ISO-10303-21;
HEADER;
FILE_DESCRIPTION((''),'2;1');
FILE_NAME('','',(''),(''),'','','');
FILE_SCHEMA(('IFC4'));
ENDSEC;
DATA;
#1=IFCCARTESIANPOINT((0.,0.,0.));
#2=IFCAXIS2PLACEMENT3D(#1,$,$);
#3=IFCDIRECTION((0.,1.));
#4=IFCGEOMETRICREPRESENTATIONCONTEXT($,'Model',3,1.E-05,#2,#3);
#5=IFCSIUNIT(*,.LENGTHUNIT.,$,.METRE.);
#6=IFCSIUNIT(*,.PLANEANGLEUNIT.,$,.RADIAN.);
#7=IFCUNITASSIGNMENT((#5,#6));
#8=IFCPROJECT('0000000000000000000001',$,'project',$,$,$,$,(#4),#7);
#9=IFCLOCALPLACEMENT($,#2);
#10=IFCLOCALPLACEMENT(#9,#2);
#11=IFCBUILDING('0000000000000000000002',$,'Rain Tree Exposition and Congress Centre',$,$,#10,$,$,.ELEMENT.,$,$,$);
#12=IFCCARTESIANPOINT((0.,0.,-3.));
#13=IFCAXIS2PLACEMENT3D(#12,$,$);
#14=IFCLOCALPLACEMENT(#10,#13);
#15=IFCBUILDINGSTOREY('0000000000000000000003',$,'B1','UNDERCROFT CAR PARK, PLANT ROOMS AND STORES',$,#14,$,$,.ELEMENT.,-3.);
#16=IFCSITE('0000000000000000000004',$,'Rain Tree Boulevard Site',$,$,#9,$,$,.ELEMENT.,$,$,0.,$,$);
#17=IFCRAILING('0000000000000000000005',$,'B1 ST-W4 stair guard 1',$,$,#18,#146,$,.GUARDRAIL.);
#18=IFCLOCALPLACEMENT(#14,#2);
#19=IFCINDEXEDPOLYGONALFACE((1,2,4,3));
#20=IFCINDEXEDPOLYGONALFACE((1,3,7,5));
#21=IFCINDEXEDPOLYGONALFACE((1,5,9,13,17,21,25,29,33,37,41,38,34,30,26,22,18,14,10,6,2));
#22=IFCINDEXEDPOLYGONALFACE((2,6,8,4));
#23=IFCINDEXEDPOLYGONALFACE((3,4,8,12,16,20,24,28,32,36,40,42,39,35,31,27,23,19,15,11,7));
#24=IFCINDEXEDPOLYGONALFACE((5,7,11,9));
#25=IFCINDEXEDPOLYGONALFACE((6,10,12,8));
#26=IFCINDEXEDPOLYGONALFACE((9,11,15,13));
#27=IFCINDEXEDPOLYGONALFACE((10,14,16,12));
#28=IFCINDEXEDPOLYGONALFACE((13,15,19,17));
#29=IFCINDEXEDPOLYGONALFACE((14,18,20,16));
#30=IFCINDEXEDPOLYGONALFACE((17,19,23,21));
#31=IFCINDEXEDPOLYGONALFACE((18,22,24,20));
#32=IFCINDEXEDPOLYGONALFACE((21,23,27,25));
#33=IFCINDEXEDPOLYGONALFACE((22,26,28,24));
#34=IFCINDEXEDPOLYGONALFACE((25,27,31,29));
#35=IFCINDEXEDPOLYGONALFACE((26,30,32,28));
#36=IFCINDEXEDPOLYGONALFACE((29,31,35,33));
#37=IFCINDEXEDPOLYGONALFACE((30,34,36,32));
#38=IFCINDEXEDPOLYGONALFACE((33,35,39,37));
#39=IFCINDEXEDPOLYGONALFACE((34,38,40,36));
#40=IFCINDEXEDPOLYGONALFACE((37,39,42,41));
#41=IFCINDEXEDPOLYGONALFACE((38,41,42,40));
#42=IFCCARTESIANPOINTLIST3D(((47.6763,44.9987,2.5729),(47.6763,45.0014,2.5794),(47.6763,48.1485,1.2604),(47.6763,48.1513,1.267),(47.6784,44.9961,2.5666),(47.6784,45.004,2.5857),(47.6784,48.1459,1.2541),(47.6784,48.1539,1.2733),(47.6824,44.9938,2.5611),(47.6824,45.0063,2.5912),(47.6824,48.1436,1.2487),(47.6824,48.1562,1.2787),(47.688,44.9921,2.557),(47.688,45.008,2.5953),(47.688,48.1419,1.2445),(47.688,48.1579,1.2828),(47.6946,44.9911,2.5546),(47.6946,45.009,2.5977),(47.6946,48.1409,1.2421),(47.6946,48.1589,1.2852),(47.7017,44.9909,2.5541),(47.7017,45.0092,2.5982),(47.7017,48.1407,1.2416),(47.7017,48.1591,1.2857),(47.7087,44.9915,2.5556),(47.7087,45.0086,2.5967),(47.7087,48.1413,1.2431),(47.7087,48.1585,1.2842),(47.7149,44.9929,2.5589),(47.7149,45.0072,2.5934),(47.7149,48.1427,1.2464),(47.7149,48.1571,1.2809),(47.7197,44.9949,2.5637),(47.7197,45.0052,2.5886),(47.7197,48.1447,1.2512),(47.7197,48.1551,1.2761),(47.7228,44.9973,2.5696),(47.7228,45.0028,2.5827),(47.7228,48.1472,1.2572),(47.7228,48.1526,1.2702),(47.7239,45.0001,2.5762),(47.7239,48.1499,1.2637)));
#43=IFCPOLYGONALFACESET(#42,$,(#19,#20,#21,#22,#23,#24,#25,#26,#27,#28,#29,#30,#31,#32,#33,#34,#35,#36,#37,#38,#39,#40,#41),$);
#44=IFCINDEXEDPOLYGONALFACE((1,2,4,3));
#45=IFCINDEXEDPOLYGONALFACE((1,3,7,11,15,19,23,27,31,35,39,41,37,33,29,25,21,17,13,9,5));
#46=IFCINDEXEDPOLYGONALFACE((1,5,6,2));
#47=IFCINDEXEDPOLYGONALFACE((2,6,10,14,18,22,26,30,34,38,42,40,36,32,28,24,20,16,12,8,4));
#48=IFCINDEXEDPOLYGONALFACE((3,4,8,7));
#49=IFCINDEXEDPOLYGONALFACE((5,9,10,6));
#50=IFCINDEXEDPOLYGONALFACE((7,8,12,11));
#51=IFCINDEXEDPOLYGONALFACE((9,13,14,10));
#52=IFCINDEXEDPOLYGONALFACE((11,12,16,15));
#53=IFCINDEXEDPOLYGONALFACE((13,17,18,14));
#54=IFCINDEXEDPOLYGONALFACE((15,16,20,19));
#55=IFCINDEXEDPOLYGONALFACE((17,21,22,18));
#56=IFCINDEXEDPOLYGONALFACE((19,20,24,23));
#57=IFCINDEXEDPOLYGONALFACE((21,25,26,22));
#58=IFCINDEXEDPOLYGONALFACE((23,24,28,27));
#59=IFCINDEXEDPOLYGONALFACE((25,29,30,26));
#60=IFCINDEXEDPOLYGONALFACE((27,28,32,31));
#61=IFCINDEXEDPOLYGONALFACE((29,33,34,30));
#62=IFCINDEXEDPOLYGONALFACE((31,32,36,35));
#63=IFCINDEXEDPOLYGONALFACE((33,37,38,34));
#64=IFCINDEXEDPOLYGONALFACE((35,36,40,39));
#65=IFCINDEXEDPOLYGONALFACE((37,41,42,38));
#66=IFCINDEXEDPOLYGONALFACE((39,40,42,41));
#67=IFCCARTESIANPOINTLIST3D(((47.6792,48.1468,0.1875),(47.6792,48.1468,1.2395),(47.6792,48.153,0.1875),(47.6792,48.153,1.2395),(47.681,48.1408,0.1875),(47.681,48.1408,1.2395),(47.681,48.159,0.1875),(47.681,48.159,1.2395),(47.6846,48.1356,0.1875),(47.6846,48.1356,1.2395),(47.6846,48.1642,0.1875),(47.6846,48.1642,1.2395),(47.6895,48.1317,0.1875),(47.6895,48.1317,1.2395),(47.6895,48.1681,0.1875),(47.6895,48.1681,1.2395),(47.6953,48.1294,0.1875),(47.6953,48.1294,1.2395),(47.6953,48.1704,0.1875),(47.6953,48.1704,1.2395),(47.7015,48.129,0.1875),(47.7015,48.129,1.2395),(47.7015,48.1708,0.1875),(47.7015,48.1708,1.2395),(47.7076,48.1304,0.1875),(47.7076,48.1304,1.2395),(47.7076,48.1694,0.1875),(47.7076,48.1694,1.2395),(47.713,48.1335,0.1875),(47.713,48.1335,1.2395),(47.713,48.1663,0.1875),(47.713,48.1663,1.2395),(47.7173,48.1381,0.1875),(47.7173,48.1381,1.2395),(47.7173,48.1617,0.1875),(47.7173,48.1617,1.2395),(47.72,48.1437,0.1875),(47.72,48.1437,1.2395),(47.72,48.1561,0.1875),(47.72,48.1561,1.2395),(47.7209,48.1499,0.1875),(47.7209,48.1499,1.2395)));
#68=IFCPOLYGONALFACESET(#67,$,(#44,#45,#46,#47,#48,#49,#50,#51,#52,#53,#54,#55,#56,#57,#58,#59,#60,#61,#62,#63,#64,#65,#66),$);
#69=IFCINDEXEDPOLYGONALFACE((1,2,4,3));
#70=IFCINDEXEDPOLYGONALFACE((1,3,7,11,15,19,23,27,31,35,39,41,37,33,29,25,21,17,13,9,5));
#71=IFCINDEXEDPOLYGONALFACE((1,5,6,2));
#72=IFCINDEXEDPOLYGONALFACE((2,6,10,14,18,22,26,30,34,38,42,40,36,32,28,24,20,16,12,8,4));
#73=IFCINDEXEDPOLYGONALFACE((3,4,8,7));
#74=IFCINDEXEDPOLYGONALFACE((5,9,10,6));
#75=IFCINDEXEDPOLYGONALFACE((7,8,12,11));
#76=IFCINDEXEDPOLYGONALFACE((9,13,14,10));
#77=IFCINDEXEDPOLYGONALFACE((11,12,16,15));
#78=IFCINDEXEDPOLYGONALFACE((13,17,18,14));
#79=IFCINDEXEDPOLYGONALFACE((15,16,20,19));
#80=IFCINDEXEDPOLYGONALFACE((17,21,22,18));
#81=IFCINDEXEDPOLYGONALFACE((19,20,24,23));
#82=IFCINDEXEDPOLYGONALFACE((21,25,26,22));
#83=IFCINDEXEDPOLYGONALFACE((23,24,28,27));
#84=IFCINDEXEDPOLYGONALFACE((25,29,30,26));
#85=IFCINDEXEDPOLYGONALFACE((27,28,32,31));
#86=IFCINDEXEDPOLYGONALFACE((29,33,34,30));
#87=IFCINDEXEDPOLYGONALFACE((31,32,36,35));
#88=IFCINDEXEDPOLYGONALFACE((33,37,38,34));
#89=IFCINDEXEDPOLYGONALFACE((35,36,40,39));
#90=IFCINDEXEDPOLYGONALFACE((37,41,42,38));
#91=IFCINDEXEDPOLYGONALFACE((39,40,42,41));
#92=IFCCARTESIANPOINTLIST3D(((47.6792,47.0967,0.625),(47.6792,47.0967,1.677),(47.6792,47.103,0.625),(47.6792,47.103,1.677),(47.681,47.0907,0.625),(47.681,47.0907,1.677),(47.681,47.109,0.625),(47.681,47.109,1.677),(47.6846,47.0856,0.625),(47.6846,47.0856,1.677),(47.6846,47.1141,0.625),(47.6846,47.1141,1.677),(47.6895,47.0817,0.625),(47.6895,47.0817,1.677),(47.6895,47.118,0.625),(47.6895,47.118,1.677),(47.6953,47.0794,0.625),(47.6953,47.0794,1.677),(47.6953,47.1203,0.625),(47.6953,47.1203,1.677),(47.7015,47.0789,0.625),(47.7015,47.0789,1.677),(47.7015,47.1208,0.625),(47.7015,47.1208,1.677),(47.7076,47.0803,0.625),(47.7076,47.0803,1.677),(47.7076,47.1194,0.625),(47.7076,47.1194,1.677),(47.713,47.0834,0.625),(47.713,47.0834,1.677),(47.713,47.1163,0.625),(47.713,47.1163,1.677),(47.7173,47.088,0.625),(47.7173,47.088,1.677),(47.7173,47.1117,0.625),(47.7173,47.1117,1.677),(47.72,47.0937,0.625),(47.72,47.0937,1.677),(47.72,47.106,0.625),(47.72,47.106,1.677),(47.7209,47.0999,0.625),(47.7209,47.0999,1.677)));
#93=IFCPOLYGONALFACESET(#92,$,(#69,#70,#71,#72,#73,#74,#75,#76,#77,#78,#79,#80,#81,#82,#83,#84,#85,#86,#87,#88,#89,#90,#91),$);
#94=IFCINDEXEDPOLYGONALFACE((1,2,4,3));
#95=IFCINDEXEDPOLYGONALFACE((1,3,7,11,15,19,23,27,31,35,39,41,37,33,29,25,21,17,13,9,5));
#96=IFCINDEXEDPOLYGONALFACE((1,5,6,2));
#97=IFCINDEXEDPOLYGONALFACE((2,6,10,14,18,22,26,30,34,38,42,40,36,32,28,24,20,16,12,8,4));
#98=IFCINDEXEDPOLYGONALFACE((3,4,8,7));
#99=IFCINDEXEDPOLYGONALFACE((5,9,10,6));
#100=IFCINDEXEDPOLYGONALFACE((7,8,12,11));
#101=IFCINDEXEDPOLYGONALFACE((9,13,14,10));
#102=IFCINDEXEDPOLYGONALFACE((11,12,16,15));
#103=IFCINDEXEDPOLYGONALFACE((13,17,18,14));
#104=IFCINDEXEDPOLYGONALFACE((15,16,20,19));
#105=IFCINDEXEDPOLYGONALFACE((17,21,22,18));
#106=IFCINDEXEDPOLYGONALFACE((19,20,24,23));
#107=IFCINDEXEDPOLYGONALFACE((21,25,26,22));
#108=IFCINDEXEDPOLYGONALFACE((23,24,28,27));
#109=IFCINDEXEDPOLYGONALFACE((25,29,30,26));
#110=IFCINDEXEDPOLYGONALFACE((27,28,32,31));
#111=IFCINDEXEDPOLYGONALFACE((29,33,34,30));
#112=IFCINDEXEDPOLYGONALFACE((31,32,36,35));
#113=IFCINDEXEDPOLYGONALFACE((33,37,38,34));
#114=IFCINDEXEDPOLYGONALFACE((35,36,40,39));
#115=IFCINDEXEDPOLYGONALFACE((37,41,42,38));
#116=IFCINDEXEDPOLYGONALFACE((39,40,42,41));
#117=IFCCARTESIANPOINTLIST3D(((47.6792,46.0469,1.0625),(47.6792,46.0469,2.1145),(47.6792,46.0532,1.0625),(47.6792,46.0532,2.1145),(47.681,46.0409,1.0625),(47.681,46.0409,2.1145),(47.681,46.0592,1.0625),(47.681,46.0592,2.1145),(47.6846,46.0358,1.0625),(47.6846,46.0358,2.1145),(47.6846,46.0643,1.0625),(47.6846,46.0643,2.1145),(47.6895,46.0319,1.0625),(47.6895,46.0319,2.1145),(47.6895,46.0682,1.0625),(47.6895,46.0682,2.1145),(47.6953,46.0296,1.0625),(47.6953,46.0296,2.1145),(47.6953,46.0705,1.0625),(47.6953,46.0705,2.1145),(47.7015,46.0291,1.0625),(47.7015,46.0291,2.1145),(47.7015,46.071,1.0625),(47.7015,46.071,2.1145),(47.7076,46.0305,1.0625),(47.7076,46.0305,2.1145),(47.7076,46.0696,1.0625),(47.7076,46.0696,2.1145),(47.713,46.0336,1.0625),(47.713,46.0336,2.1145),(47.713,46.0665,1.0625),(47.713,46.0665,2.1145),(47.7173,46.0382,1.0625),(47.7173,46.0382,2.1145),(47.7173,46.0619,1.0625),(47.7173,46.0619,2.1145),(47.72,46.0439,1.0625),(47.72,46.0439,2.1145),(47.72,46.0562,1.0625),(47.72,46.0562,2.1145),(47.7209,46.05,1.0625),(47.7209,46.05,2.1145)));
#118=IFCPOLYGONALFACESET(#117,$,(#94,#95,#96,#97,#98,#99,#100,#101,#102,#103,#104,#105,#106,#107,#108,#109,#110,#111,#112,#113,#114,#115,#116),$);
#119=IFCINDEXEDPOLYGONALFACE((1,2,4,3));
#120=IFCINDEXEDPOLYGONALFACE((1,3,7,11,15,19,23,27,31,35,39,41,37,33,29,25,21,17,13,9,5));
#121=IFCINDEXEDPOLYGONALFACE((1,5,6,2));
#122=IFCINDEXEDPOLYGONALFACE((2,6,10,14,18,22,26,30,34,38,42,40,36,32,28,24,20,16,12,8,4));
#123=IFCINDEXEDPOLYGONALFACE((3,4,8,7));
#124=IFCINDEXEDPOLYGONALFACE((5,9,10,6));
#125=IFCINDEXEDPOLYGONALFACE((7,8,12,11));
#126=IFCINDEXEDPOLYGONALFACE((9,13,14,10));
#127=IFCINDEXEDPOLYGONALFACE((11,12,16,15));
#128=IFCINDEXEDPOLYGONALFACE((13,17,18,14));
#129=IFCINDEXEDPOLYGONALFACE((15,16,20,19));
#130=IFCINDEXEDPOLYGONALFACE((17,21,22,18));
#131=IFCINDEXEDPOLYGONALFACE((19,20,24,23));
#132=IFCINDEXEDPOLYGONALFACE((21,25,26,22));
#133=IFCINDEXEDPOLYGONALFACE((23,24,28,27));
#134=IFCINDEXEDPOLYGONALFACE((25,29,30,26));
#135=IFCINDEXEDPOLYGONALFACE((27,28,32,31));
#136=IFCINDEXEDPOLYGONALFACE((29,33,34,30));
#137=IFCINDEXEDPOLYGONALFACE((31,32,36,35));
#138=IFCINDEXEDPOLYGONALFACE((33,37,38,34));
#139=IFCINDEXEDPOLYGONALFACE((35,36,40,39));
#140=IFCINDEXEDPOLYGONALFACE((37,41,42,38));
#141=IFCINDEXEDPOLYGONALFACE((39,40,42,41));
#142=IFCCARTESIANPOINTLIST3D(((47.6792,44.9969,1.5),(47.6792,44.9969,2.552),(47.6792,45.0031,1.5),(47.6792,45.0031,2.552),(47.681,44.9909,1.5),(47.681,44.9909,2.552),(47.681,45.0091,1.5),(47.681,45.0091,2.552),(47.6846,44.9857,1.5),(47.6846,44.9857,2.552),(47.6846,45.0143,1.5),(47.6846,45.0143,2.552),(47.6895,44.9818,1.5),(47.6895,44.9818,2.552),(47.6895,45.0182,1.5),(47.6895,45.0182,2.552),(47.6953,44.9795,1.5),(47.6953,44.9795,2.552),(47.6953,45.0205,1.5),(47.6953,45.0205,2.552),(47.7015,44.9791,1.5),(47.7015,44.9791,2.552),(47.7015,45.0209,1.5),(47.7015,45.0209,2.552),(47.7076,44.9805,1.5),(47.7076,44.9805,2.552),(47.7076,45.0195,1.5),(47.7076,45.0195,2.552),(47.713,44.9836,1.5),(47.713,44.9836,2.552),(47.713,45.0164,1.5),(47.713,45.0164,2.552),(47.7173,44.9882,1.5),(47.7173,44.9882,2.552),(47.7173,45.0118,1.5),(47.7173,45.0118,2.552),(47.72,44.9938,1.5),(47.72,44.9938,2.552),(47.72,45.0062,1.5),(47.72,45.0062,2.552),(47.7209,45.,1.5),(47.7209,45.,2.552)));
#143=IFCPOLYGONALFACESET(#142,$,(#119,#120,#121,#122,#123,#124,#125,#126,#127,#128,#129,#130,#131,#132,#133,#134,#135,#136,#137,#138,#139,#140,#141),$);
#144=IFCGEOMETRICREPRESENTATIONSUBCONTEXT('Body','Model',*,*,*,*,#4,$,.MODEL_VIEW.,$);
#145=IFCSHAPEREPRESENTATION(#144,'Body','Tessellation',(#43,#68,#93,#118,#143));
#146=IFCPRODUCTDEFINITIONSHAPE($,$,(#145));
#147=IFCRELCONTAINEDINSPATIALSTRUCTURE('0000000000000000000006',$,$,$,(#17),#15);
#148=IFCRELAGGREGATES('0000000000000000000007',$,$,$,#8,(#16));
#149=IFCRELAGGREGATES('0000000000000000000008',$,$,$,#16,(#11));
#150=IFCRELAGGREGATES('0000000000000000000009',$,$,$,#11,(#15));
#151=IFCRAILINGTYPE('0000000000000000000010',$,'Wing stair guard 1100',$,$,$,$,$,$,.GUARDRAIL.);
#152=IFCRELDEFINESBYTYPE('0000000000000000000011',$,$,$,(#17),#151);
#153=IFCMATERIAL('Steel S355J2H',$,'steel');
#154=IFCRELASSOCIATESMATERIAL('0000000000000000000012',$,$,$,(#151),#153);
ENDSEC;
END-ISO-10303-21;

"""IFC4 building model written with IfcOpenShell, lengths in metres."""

from ifc_helpers import new_model, si_unit, direction, frame, origin, origin_2d, place, context, subcontext, project, spatial, circle, extrude, material, type_object, element, save


model = new_model("IFC4")

# Units and contexts
model_context = context("Model", 3, precision=1e-05, world=origin(), true_north=direction((0.0, 1.0)))
body_context = subcontext(model_context, "Body", "Model", "MODEL_VIEW")
ifc_project = project(units=[si_unit("LENGTHUNIT", "METRE"), si_unit("PLANEANGLEUNIT", "RADIAN")], contexts=[model_context])

# Site, building, storey
site_placement = place(None, origin())
site = spatial("IfcSite", under=ifc_project, at=site_placement, Name="Rain Tree Boulevard Site", CompositionType="ELEMENT", RefElevation=0.0)
building_placement = place(site_placement, origin())
building = spatial("IfcBuilding", under=site, at=building_placement, Name="Rain Tree Exposition and Congress Centre", CompositionType="ELEMENT")
storey_placement = place(building_placement, frame((0.0, 0.0, -3.0)))
storey = spatial("IfcBuildingStorey", under=building, at=storey_placement, Name="B1", Description="UNDERCROFT CAR PARK, PLANT ROOMS AND STORES", CompositionType="ELEMENT", Elevation=-3.0)

# Railing
ifc_material_1 = material(Name="Steel S355J2H", Category="steel")
railing_type_1 = type_object("IfcRailingType", Name="Wing stair guard 1100", PredefinedType="GUARDRAIL", material=ifc_material_1)
railing_1_placement = place(storey_placement, frame((47.7, 48.1499, 0.1875)))
element("IfcRailing", 1, at=railing_1_placement, inside=storey, type_object=railing_type_1, Name="B1 ST-W4 stair guard 1", PredefinedType="GUARDRAIL", context=body_context, shape_type="SweptSolid", body=[
    extrude(circle(Radius=0.0239, at=origin_2d()), frame((0.0, 0.0, 1.0762), z_axis=(0.0, -0.923073, 0.384626), x_axis=(1.0, 0.0, 0.0)), (0.0, 0.0, 1.0), 3.4124),
    extrude(circle(Radius=0.021, at=origin_2d()), origin(), (0.0, 0.0, 1.0), 1.052),
    extrude(circle(Radius=0.021, at=origin_2d()), frame((0.0, -1.05, 0.4375)), (0.0, 0.0, 1.0), 1.052),
    extrude(circle(Radius=0.021, at=origin_2d()), frame((0.0, -2.0999, 0.875)), (0.0, 0.0, 1.0), 1.052),
    extrude(circle(Radius=0.021, at=origin_2d()), frame((0.0, -3.1499, 1.3125)), (0.0, 0.0, 1.0), 1.052),
])

save(model, "model.ifc")
